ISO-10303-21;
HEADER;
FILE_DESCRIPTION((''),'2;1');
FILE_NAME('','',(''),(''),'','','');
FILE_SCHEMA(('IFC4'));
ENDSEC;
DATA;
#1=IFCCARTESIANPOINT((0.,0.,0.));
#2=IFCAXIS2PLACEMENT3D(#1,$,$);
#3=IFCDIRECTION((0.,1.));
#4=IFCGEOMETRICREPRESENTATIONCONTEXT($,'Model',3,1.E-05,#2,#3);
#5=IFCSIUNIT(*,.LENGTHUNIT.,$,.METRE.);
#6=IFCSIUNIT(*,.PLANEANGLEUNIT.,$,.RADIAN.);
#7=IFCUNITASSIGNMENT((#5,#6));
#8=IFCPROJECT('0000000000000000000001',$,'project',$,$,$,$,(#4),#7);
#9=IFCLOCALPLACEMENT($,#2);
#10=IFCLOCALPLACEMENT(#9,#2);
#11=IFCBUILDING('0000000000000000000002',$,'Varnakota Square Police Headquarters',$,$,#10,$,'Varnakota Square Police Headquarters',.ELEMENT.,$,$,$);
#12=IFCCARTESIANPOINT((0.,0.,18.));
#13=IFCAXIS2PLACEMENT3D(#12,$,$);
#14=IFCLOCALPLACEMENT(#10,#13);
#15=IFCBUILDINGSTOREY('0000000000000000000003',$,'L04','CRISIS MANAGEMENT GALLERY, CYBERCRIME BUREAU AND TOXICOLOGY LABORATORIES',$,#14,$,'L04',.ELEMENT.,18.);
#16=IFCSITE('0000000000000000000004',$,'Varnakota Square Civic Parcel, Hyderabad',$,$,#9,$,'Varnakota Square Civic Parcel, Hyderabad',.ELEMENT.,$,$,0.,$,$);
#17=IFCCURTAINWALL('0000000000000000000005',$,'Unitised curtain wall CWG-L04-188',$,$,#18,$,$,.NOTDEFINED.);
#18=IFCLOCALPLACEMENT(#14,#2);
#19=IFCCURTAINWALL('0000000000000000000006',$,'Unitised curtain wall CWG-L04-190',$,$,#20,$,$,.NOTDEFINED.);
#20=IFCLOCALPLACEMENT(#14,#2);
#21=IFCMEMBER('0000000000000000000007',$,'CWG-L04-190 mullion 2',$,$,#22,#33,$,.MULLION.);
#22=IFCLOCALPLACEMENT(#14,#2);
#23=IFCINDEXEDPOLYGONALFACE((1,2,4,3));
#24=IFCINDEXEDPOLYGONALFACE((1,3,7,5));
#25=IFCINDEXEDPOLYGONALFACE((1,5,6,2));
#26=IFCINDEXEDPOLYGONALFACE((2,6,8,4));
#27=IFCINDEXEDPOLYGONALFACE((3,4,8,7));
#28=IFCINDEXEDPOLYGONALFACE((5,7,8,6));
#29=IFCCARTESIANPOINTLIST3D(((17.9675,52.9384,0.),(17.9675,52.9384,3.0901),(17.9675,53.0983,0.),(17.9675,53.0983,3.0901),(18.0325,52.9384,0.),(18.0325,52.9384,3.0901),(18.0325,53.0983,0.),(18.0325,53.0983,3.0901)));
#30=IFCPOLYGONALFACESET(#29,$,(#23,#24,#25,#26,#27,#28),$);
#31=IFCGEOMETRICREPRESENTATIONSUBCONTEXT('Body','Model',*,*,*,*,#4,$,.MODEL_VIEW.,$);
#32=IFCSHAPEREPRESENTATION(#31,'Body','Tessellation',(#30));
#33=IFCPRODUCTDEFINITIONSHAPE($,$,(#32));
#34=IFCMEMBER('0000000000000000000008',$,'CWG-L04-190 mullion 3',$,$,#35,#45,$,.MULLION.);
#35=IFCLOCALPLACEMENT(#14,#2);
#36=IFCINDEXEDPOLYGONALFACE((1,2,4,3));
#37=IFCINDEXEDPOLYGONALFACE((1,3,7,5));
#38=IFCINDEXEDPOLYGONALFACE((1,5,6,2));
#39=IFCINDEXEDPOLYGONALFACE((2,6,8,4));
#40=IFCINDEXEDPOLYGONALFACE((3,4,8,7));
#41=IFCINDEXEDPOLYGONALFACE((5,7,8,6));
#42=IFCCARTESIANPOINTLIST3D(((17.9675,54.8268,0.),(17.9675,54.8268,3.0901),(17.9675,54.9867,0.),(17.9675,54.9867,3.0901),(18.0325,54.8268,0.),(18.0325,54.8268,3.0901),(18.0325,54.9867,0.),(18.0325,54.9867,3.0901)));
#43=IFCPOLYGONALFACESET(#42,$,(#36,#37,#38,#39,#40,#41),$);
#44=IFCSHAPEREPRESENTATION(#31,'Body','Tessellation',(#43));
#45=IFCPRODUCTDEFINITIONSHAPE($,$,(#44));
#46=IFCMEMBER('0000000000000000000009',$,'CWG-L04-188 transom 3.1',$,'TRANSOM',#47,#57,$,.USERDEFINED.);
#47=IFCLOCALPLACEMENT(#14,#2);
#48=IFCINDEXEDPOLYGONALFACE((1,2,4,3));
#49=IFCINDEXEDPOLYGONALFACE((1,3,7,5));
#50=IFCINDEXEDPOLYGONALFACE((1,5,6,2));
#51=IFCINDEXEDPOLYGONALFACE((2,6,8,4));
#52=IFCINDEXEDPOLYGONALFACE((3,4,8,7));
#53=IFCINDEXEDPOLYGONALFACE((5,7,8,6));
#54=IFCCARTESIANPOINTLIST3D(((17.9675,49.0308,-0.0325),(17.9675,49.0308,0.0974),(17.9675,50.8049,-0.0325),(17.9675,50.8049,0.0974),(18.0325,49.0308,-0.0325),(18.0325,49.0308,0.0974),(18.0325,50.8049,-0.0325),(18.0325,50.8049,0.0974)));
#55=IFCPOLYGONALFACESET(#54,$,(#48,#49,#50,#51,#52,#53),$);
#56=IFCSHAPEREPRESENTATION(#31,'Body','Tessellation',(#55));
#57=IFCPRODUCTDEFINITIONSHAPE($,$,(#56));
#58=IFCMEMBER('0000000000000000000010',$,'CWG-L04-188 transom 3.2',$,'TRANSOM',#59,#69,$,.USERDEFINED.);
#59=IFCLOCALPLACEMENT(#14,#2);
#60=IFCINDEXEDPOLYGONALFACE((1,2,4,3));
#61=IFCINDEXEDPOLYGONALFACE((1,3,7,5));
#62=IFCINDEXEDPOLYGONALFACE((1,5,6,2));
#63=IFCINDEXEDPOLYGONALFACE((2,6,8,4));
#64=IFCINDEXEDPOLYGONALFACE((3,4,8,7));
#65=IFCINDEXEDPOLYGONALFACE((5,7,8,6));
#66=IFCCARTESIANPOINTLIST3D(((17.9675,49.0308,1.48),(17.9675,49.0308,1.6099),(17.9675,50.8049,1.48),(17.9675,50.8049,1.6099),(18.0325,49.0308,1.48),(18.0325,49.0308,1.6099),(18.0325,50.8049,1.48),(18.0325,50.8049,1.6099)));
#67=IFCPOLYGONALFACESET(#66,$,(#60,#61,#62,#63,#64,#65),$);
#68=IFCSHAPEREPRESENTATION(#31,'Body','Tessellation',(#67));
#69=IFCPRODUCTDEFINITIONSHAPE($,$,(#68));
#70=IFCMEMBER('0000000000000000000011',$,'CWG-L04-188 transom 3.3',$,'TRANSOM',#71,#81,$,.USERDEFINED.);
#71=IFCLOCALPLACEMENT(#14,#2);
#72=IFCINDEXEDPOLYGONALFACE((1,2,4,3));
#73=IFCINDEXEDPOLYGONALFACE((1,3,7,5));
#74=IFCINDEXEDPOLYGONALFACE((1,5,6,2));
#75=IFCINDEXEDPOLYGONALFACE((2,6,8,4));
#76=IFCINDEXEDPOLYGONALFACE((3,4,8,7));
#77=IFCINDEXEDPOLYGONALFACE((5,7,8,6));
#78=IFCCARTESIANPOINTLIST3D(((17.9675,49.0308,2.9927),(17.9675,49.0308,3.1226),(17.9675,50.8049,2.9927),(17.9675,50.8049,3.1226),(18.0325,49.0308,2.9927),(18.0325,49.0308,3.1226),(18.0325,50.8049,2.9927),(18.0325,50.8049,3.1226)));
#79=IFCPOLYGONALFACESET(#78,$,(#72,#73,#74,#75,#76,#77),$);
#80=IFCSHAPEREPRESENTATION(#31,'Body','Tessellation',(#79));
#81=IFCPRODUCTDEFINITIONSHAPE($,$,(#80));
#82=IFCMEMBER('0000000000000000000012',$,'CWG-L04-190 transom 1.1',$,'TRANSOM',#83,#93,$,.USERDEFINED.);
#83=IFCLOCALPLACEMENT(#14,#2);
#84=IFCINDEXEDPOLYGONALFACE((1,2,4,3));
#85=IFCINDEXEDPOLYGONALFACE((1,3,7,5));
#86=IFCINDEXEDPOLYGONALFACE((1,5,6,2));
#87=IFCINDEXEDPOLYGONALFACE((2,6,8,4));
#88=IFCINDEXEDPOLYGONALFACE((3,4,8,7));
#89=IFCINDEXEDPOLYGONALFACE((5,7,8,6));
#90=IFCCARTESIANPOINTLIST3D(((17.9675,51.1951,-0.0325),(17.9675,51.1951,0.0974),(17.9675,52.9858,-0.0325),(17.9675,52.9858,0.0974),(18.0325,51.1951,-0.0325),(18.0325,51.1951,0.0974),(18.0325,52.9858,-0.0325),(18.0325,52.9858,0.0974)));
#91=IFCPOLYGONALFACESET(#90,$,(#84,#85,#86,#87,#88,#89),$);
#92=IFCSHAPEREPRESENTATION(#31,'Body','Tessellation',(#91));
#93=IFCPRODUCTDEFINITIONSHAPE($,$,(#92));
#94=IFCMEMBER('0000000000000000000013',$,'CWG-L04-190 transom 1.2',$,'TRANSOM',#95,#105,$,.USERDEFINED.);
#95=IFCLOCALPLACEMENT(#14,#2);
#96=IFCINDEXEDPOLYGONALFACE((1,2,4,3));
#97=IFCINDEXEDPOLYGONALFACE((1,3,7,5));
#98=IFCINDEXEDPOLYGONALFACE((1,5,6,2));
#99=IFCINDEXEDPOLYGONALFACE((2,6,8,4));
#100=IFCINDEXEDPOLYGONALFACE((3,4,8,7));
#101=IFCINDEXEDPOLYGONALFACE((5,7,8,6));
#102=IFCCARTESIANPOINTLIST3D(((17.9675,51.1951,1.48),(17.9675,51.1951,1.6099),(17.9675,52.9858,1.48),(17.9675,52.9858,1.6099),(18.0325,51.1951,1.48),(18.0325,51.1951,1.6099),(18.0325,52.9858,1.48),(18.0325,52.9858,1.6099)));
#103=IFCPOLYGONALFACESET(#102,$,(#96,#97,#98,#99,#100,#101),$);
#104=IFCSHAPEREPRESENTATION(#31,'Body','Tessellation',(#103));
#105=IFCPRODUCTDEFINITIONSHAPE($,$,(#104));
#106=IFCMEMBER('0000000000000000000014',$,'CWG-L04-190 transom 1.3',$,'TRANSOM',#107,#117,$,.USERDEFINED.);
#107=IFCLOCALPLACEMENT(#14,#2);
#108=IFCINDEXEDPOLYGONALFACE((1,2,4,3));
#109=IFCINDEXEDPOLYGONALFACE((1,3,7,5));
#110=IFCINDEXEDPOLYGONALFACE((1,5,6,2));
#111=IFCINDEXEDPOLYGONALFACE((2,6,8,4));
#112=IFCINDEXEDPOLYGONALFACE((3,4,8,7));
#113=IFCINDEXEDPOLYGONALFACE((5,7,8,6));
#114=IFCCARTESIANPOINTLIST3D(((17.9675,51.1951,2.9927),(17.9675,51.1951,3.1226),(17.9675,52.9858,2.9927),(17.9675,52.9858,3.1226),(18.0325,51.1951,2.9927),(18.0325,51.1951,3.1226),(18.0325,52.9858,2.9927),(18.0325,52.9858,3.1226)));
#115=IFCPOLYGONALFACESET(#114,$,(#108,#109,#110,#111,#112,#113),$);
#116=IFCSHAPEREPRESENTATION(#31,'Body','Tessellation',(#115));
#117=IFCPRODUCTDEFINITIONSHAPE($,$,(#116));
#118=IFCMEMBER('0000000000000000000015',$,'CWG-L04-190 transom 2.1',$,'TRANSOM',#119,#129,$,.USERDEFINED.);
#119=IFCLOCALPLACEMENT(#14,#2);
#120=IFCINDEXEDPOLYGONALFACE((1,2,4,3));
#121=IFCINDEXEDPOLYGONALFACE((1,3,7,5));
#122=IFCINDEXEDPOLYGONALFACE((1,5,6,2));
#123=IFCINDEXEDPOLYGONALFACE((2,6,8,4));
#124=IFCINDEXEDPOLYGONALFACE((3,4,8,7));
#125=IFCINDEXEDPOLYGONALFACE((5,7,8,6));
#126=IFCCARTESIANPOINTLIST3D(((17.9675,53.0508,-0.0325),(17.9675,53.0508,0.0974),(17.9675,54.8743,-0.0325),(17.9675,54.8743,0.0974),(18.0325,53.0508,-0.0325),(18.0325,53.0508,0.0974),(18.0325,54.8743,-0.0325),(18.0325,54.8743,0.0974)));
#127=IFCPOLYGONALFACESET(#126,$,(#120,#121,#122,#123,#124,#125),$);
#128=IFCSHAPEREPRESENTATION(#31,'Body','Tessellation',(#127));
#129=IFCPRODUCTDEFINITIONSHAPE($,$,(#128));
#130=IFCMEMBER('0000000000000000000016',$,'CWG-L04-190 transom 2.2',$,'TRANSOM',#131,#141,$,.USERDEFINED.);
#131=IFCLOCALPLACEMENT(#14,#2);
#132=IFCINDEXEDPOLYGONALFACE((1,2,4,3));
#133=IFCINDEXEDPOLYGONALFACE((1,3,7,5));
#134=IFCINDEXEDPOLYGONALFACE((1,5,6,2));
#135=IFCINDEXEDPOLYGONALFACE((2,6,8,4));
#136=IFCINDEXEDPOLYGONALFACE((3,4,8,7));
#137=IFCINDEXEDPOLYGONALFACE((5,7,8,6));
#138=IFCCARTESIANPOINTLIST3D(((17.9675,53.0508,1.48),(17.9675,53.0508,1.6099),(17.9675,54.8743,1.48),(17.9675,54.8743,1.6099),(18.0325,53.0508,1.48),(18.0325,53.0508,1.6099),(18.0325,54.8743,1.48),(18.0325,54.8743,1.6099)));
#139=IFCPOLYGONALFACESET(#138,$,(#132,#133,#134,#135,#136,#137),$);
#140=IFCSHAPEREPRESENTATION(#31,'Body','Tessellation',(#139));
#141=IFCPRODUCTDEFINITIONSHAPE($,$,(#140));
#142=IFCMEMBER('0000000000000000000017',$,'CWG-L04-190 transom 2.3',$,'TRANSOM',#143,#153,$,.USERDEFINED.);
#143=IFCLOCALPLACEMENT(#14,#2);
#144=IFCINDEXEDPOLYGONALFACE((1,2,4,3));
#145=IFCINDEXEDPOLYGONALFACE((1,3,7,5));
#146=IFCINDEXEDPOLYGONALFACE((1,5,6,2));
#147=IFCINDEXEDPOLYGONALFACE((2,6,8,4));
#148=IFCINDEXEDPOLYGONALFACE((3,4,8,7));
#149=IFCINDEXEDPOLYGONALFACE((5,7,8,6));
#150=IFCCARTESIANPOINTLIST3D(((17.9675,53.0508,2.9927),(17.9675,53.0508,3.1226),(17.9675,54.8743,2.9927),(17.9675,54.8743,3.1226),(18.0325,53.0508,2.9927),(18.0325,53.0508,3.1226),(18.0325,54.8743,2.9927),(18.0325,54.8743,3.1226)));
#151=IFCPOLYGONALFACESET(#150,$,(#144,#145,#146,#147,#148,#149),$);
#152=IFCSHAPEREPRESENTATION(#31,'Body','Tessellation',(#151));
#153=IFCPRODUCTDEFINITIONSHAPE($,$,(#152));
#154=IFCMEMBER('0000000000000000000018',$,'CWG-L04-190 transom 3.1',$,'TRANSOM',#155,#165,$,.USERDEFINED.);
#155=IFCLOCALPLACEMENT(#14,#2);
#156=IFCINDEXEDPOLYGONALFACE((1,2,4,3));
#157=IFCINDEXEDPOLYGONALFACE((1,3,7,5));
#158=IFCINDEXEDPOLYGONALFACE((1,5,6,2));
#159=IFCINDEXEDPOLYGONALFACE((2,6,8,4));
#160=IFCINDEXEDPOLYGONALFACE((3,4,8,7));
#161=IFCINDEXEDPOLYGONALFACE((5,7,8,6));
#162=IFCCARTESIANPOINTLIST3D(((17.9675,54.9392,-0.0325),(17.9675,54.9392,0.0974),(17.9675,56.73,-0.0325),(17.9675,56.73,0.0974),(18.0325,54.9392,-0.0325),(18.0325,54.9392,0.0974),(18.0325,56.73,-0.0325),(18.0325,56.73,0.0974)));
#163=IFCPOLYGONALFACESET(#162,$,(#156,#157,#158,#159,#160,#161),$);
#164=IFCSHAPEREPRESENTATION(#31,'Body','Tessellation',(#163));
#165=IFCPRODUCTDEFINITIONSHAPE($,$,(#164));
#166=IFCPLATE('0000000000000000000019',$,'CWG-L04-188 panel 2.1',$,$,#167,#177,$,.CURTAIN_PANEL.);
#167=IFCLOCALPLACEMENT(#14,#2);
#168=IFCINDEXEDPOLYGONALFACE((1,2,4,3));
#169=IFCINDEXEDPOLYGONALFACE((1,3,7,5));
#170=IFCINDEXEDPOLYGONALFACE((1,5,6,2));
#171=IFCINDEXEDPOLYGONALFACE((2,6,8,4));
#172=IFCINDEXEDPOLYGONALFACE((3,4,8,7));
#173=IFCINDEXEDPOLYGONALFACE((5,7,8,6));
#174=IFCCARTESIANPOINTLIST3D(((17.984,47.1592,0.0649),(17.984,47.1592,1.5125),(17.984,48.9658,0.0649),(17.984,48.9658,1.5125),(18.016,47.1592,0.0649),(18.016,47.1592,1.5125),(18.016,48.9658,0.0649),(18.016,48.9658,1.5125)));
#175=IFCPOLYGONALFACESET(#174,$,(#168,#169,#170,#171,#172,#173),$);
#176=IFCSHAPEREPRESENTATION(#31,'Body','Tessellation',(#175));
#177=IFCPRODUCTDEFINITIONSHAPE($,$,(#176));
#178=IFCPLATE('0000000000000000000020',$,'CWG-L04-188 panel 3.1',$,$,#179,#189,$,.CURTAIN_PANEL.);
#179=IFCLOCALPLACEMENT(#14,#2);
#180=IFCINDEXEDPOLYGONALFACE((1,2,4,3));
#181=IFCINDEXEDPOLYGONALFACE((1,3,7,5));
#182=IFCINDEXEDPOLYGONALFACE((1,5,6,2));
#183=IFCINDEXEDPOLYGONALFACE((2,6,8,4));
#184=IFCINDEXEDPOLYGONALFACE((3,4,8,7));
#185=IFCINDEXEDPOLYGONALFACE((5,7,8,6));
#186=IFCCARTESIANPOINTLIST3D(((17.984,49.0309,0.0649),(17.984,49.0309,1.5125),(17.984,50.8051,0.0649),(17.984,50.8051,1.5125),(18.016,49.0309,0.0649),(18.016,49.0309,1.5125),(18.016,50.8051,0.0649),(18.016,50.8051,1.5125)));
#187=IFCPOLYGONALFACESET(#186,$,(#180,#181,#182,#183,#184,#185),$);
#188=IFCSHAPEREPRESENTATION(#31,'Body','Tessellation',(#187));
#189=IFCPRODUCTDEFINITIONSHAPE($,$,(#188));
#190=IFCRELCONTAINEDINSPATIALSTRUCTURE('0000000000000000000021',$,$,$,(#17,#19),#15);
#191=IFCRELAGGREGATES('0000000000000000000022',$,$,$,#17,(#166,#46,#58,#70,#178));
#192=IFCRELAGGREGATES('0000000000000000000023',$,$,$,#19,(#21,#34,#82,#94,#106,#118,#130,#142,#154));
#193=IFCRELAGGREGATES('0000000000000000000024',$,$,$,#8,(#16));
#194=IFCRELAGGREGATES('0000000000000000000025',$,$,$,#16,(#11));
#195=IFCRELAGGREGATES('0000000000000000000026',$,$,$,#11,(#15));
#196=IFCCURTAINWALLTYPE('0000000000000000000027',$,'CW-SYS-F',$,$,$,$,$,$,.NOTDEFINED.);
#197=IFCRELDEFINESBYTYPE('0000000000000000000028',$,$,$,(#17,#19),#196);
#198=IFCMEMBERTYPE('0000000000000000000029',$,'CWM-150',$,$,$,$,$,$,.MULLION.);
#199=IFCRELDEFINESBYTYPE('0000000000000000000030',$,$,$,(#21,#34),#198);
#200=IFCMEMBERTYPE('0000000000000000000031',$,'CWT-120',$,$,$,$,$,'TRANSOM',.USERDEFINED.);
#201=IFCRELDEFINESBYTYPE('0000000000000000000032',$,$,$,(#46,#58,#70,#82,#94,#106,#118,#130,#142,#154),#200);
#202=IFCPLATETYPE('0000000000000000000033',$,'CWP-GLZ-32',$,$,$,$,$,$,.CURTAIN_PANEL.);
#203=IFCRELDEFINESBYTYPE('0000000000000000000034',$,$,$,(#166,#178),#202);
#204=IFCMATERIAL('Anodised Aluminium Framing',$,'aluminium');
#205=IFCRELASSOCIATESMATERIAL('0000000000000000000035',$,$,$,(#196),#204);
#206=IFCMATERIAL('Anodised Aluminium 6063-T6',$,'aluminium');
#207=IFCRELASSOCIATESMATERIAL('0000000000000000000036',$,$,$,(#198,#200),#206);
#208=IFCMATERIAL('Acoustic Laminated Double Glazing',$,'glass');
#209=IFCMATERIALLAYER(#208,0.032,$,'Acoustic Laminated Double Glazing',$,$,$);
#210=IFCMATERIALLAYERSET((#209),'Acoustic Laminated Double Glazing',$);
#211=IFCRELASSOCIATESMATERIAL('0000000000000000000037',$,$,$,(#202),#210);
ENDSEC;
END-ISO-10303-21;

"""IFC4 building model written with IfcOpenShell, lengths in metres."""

from ifc_helpers import new_model, si_unit, direction, frame, origin, origin_2d, place, context, subcontext, project, spatial, rectangle, extrude, material, layer, layer_set, material_profile, profile_set, type_object, element, aggregate, save


model = new_model("IFC4")

# Units and contexts
model_context = context("Model", 3, precision=1e-05, world=origin(), true_north=direction((0.0, 1.0)))
body_context = subcontext(model_context, "Body", "Model", "MODEL_VIEW")
ifc_project = project(units=[si_unit("LENGTHUNIT", "METRE"), si_unit("PLANEANGLEUNIT", "RADIAN")], contexts=[model_context])

# Site, building, storey
site_placement = place(None, origin())
site = spatial("IfcSite", under=ifc_project, at=site_placement, Name="Varnakota Square Civic Parcel, Hyderabad", LongName="Varnakota Square Civic Parcel, Hyderabad", CompositionType="ELEMENT", RefElevation=0.0)
building_placement = place(site_placement, origin())
building = spatial("IfcBuilding", under=site, at=building_placement, Name="Varnakota Square Police Headquarters", LongName="Varnakota Square Police Headquarters", CompositionType="ELEMENT")
storey_placement = place(building_placement, frame((0.0, 0.0, 18.0)))
storey = spatial("IfcBuildingStorey", under=building, at=storey_placement, Name="L04", Description="CRISIS MANAGEMENT GALLERY, CYBERCRIME BUREAU AND TOXICOLOGY LABORATORIES", LongName="L04", CompositionType="ELEMENT", Elevation=18.0)

# Curtain walls, members
ifc_material_1 = material(Name="Anodised Aluminium Framing", Category="aluminium")
curtain_wall_type = type_object("IfcCurtainWallType", Name="CW-SYS-F", PredefinedType="NOTDEFINED", material=ifc_material_1)
curtain_wall_1_placement = place(storey_placement, origin())
curtain_wall_1 = element("IfcCurtainWall", 1, at=curtain_wall_1_placement, inside=storey, type_object=curtain_wall_type, Name="Unitised curtain wall CWG-L04-188", PredefinedType="NOTDEFINED")
ifc_material_2 = material(Name="Anodised Aluminium 6063-T6", Category="aluminium")
ifc_material_profile_1 = material_profile(ifc_material_2, rectangle(XDim=0.0649, YDim=0.1599, at=origin_2d()), Name="ALU MULLION 65x160")
ifc_profile_set_1 = profile_set([ifc_material_profile_1], Name="Anodised Aluminium 6063-T6")
member_type_1 = type_object("IfcMemberType", Name="CWM-150", PredefinedType="MULLION", material=ifc_profile_set_1)
curtain_wall_2_placement = place(storey_placement, origin())
curtain_wall_2 = element("IfcCurtainWall", 2, at=curtain_wall_2_placement, inside=storey, type_object=curtain_wall_type, Name="Unitised curtain wall CWG-L04-190", PredefinedType="NOTDEFINED")
member_1_placement = place(storey_placement, frame((18.0, 53.0183, 0.0), z_axis=(0.0, 0.0, 1.0), x_axis=(-1.0, 0.0, 0.0)))
member_1 = element("IfcMember", 3, at=member_1_placement, type_object=member_type_1, Name="CWG-L04-190 mullion 2", PredefinedType="MULLION", context=body_context, shape_type="SweptSolid", body=[
    extrude(rectangle(XDim=0.0649, YDim=0.1599, at=origin_2d()), origin(), (0.0, 0.0, 1.0), 3.0901),
])
member_2_placement = place(storey_placement, frame((18.0, 54.9067, 0.0), z_axis=(0.0, 0.0, 1.0), x_axis=(-1.0, 0.0, 0.0)))
member_2 = element("IfcMember", 4, at=member_2_placement, type_object=member_type_1, Name="CWG-L04-190 mullion 3", PredefinedType="MULLION", context=body_context, shape_type="SweptSolid", body=[
    extrude(rectangle(XDim=0.0649, YDim=0.1599, at=origin_2d()), origin(), (0.0, 0.0, 1.0), 3.0901),
])

# Members
ifc_material_profile_2 = material_profile(ifc_material_2, rectangle(XDim=0.0649, YDim=0.1299, at=origin_2d()), Name="ALU TRANSOM 65x130")
ifc_profile_set_2 = profile_set([ifc_material_profile_2], Name="Anodised Aluminium 6063-T6")
member_type_2 = type_object("IfcMemberType", Name="CWT-120", ElementType="TRANSOM", PredefinedType="USERDEFINED", material=ifc_profile_set_2)
member_3_placement = place(storey_placement, frame((18.0, 49.0308, 0.0325), z_axis=(0.0, 1.0, 0.0), x_axis=(-1.0, 0.0, 0.0)))
member_3 = element("IfcMember", 5, at=member_3_placement, type_object=member_type_2, Name="CWG-L04-188 transom 3.1", ObjectType="TRANSOM", PredefinedType="USERDEFINED", context=body_context, shape_type="SweptSolid", body=[
    extrude(rectangle(XDim=0.0649, YDim=0.1299, at=origin_2d()), origin(), (0.0, 0.0, 1.0), 1.7742),
])
member_4_placement = place(storey_placement, frame((18.0, 49.0308, 1.5449), z_axis=(0.0, 1.0, 0.0), x_axis=(-1.0, 0.0, 0.0)))
member_4 = element("IfcMember", 6, at=member_4_placement, type_object=member_type_2, Name="CWG-L04-188 transom 3.2", ObjectType="TRANSOM", PredefinedType="USERDEFINED", context=body_context, shape_type="SweptSolid", body=[
    extrude(rectangle(XDim=0.0649, YDim=0.1299, at=origin_2d()), origin(), (0.0, 0.0, 1.0), 1.7742),
])
member_5_placement = place(storey_placement, frame((18.0, 49.0308, 3.0576), z_axis=(0.0, 1.0, 0.0), x_axis=(-1.0, 0.0, 0.0)))
member_5 = element("IfcMember", 7, at=member_5_placement, type_object=member_type_2, Name="CWG-L04-188 transom 3.3", ObjectType="TRANSOM", PredefinedType="USERDEFINED", context=body_context, shape_type="SweptSolid", body=[
    extrude(rectangle(XDim=0.0649, YDim=0.1299, at=origin_2d()), origin(), (0.0, 0.0, 1.0), 1.7742),
])
member_6_placement = place(storey_placement, frame((18.0, 51.1951, 0.0325), z_axis=(0.0, 1.0, 0.0), x_axis=(-1.0, 0.0, 0.0)))
member_6 = element("IfcMember", 8, at=member_6_placement, type_object=member_type_2, Name="CWG-L04-190 transom 1.1", ObjectType="TRANSOM", PredefinedType="USERDEFINED", context=body_context, shape_type="SweptSolid", body=[
    extrude(rectangle(XDim=0.0649, YDim=0.1299, at=origin_2d()), origin(), (0.0, 0.0, 1.0), 1.7908),
])
member_7_placement = place(storey_placement, frame((18.0, 51.1951, 1.5449), z_axis=(0.0, 1.0, 0.0), x_axis=(-1.0, 0.0, 0.0)))
member_7 = element("IfcMember", 9, at=member_7_placement, type_object=member_type_2, Name="CWG-L04-190 transom 1.2", ObjectType="TRANSOM", PredefinedType="USERDEFINED", context=body_context, shape_type="SweptSolid", body=[
    extrude(rectangle(XDim=0.0649, YDim=0.1299, at=origin_2d()), origin(), (0.0, 0.0, 1.0), 1.7908),
])
member_8_placement = place(storey_placement, frame((18.0, 51.1951, 3.0576), z_axis=(0.0, 1.0, 0.0), x_axis=(-1.0, 0.0, 0.0)))
member_8 = element("IfcMember", 10, at=member_8_placement, type_object=member_type_2, Name="CWG-L04-190 transom 1.3", ObjectType="TRANSOM", PredefinedType="USERDEFINED", context=body_context, shape_type="SweptSolid", body=[
    extrude(rectangle(XDim=0.0649, YDim=0.1299, at=origin_2d()), origin(), (0.0, 0.0, 1.0), 1.7908),
])
member_9_placement = place(storey_placement, frame((18.0, 53.0508, 0.0325), z_axis=(0.0, 1.0, 0.0), x_axis=(-1.0, 0.0, 0.0)))
member_9 = element("IfcMember", 11, at=member_9_placement, type_object=member_type_2, Name="CWG-L04-190 transom 2.1", ObjectType="TRANSOM", PredefinedType="USERDEFINED", context=body_context, shape_type="SweptSolid", body=[
    extrude(rectangle(XDim=0.0649, YDim=0.1299, at=origin_2d()), origin(), (0.0, 0.0, 1.0), 1.8235),
])
member_10_placement = place(storey_placement, frame((18.0, 53.0508, 1.5449), z_axis=(0.0, 1.0, 0.0), x_axis=(-1.0, 0.0, 0.0)))
member_10 = element("IfcMember", 12, at=member_10_placement, type_object=member_type_2, Name="CWG-L04-190 transom 2.2", ObjectType="TRANSOM", PredefinedType="USERDEFINED", context=body_context, shape_type="SweptSolid", body=[
    extrude(rectangle(XDim=0.0649, YDim=0.1299, at=origin_2d()), origin(), (0.0, 0.0, 1.0), 1.8235),
])
member_11_placement = place(storey_placement, frame((18.0, 53.0508, 3.0576), z_axis=(0.0, 1.0, 0.0), x_axis=(-1.0, 0.0, 0.0)))
member_11 = element("IfcMember", 13, at=member_11_placement, type_object=member_type_2, Name="CWG-L04-190 transom 2.3", ObjectType="TRANSOM", PredefinedType="USERDEFINED", context=body_context, shape_type="SweptSolid", body=[
    extrude(rectangle(XDim=0.0649, YDim=0.1299, at=origin_2d()), origin(), (0.0, 0.0, 1.0), 1.8235),
])
member_12_placement = place(storey_placement, frame((18.0, 54.9392, 0.0325), z_axis=(0.0, 1.0, 0.0), x_axis=(-1.0, 0.0, 0.0)))
member_12 = element("IfcMember", 14, at=member_12_placement, type_object=member_type_2, Name="CWG-L04-190 transom 3.1", ObjectType="TRANSOM", PredefinedType="USERDEFINED", context=body_context, shape_type="SweptSolid", body=[
    extrude(rectangle(XDim=0.0649, YDim=0.1299, at=origin_2d()), origin(), (0.0, 0.0, 1.0), 1.7908),
])

# Plates
ifc_material_3 = material(Name="Acoustic Laminated Double Glazing", Category="glass")
ifc_layer_1 = layer(ifc_material_3, 0.032, Name="Acoustic Laminated Double Glazing")
ifc_layer_set_1 = layer_set([ifc_layer_1], Name="Acoustic Laminated Double Glazing")
plate_type_1 = type_object("IfcPlateType", Name="CWP-GLZ-32", PredefinedType="CURTAIN_PANEL", material=ifc_layer_set_1)
plate_1_placement = place(storey_placement, frame((18.0, 48.0625, 0.0649), z_axis=(0.0, 0.0, 1.0), x_axis=(0.0, 1.0, 0.0)))
plate_1 = element("IfcPlate", 15, at=plate_1_placement, type_object=plate_type_1, Name="CWG-L04-188 panel 2.1", PredefinedType="CURTAIN_PANEL", context=body_context, shape_type="SweptSolid", body=[
    extrude(rectangle(XDim=1.8066, YDim=0.032, at=origin_2d()), origin(), (0.0, 0.0, 1.0), 1.4475),
])
plate_2_placement = place(storey_placement, frame((18.0, 49.918, 0.0649), z_axis=(0.0, 0.0, 1.0), x_axis=(0.0, 1.0, 0.0)))
plate_2 = element("IfcPlate", 16, at=plate_2_placement, type_object=plate_type_1, Name="CWG-L04-188 panel 3.1", PredefinedType="CURTAIN_PANEL", context=body_context, shape_type="SweptSolid", body=[
    extrude(rectangle(XDim=1.7742, YDim=0.032, at=origin_2d()), origin(), (0.0, 0.0, 1.0), 1.4475),
])
aggregate(curtain_wall_1, [plate_1, member_3, member_4, member_5, plate_2])
aggregate(curtain_wall_2, [member_1, member_2, member_6, member_7, member_8, member_9, member_10, member_11, member_12])

save(model, "model.ifc")
